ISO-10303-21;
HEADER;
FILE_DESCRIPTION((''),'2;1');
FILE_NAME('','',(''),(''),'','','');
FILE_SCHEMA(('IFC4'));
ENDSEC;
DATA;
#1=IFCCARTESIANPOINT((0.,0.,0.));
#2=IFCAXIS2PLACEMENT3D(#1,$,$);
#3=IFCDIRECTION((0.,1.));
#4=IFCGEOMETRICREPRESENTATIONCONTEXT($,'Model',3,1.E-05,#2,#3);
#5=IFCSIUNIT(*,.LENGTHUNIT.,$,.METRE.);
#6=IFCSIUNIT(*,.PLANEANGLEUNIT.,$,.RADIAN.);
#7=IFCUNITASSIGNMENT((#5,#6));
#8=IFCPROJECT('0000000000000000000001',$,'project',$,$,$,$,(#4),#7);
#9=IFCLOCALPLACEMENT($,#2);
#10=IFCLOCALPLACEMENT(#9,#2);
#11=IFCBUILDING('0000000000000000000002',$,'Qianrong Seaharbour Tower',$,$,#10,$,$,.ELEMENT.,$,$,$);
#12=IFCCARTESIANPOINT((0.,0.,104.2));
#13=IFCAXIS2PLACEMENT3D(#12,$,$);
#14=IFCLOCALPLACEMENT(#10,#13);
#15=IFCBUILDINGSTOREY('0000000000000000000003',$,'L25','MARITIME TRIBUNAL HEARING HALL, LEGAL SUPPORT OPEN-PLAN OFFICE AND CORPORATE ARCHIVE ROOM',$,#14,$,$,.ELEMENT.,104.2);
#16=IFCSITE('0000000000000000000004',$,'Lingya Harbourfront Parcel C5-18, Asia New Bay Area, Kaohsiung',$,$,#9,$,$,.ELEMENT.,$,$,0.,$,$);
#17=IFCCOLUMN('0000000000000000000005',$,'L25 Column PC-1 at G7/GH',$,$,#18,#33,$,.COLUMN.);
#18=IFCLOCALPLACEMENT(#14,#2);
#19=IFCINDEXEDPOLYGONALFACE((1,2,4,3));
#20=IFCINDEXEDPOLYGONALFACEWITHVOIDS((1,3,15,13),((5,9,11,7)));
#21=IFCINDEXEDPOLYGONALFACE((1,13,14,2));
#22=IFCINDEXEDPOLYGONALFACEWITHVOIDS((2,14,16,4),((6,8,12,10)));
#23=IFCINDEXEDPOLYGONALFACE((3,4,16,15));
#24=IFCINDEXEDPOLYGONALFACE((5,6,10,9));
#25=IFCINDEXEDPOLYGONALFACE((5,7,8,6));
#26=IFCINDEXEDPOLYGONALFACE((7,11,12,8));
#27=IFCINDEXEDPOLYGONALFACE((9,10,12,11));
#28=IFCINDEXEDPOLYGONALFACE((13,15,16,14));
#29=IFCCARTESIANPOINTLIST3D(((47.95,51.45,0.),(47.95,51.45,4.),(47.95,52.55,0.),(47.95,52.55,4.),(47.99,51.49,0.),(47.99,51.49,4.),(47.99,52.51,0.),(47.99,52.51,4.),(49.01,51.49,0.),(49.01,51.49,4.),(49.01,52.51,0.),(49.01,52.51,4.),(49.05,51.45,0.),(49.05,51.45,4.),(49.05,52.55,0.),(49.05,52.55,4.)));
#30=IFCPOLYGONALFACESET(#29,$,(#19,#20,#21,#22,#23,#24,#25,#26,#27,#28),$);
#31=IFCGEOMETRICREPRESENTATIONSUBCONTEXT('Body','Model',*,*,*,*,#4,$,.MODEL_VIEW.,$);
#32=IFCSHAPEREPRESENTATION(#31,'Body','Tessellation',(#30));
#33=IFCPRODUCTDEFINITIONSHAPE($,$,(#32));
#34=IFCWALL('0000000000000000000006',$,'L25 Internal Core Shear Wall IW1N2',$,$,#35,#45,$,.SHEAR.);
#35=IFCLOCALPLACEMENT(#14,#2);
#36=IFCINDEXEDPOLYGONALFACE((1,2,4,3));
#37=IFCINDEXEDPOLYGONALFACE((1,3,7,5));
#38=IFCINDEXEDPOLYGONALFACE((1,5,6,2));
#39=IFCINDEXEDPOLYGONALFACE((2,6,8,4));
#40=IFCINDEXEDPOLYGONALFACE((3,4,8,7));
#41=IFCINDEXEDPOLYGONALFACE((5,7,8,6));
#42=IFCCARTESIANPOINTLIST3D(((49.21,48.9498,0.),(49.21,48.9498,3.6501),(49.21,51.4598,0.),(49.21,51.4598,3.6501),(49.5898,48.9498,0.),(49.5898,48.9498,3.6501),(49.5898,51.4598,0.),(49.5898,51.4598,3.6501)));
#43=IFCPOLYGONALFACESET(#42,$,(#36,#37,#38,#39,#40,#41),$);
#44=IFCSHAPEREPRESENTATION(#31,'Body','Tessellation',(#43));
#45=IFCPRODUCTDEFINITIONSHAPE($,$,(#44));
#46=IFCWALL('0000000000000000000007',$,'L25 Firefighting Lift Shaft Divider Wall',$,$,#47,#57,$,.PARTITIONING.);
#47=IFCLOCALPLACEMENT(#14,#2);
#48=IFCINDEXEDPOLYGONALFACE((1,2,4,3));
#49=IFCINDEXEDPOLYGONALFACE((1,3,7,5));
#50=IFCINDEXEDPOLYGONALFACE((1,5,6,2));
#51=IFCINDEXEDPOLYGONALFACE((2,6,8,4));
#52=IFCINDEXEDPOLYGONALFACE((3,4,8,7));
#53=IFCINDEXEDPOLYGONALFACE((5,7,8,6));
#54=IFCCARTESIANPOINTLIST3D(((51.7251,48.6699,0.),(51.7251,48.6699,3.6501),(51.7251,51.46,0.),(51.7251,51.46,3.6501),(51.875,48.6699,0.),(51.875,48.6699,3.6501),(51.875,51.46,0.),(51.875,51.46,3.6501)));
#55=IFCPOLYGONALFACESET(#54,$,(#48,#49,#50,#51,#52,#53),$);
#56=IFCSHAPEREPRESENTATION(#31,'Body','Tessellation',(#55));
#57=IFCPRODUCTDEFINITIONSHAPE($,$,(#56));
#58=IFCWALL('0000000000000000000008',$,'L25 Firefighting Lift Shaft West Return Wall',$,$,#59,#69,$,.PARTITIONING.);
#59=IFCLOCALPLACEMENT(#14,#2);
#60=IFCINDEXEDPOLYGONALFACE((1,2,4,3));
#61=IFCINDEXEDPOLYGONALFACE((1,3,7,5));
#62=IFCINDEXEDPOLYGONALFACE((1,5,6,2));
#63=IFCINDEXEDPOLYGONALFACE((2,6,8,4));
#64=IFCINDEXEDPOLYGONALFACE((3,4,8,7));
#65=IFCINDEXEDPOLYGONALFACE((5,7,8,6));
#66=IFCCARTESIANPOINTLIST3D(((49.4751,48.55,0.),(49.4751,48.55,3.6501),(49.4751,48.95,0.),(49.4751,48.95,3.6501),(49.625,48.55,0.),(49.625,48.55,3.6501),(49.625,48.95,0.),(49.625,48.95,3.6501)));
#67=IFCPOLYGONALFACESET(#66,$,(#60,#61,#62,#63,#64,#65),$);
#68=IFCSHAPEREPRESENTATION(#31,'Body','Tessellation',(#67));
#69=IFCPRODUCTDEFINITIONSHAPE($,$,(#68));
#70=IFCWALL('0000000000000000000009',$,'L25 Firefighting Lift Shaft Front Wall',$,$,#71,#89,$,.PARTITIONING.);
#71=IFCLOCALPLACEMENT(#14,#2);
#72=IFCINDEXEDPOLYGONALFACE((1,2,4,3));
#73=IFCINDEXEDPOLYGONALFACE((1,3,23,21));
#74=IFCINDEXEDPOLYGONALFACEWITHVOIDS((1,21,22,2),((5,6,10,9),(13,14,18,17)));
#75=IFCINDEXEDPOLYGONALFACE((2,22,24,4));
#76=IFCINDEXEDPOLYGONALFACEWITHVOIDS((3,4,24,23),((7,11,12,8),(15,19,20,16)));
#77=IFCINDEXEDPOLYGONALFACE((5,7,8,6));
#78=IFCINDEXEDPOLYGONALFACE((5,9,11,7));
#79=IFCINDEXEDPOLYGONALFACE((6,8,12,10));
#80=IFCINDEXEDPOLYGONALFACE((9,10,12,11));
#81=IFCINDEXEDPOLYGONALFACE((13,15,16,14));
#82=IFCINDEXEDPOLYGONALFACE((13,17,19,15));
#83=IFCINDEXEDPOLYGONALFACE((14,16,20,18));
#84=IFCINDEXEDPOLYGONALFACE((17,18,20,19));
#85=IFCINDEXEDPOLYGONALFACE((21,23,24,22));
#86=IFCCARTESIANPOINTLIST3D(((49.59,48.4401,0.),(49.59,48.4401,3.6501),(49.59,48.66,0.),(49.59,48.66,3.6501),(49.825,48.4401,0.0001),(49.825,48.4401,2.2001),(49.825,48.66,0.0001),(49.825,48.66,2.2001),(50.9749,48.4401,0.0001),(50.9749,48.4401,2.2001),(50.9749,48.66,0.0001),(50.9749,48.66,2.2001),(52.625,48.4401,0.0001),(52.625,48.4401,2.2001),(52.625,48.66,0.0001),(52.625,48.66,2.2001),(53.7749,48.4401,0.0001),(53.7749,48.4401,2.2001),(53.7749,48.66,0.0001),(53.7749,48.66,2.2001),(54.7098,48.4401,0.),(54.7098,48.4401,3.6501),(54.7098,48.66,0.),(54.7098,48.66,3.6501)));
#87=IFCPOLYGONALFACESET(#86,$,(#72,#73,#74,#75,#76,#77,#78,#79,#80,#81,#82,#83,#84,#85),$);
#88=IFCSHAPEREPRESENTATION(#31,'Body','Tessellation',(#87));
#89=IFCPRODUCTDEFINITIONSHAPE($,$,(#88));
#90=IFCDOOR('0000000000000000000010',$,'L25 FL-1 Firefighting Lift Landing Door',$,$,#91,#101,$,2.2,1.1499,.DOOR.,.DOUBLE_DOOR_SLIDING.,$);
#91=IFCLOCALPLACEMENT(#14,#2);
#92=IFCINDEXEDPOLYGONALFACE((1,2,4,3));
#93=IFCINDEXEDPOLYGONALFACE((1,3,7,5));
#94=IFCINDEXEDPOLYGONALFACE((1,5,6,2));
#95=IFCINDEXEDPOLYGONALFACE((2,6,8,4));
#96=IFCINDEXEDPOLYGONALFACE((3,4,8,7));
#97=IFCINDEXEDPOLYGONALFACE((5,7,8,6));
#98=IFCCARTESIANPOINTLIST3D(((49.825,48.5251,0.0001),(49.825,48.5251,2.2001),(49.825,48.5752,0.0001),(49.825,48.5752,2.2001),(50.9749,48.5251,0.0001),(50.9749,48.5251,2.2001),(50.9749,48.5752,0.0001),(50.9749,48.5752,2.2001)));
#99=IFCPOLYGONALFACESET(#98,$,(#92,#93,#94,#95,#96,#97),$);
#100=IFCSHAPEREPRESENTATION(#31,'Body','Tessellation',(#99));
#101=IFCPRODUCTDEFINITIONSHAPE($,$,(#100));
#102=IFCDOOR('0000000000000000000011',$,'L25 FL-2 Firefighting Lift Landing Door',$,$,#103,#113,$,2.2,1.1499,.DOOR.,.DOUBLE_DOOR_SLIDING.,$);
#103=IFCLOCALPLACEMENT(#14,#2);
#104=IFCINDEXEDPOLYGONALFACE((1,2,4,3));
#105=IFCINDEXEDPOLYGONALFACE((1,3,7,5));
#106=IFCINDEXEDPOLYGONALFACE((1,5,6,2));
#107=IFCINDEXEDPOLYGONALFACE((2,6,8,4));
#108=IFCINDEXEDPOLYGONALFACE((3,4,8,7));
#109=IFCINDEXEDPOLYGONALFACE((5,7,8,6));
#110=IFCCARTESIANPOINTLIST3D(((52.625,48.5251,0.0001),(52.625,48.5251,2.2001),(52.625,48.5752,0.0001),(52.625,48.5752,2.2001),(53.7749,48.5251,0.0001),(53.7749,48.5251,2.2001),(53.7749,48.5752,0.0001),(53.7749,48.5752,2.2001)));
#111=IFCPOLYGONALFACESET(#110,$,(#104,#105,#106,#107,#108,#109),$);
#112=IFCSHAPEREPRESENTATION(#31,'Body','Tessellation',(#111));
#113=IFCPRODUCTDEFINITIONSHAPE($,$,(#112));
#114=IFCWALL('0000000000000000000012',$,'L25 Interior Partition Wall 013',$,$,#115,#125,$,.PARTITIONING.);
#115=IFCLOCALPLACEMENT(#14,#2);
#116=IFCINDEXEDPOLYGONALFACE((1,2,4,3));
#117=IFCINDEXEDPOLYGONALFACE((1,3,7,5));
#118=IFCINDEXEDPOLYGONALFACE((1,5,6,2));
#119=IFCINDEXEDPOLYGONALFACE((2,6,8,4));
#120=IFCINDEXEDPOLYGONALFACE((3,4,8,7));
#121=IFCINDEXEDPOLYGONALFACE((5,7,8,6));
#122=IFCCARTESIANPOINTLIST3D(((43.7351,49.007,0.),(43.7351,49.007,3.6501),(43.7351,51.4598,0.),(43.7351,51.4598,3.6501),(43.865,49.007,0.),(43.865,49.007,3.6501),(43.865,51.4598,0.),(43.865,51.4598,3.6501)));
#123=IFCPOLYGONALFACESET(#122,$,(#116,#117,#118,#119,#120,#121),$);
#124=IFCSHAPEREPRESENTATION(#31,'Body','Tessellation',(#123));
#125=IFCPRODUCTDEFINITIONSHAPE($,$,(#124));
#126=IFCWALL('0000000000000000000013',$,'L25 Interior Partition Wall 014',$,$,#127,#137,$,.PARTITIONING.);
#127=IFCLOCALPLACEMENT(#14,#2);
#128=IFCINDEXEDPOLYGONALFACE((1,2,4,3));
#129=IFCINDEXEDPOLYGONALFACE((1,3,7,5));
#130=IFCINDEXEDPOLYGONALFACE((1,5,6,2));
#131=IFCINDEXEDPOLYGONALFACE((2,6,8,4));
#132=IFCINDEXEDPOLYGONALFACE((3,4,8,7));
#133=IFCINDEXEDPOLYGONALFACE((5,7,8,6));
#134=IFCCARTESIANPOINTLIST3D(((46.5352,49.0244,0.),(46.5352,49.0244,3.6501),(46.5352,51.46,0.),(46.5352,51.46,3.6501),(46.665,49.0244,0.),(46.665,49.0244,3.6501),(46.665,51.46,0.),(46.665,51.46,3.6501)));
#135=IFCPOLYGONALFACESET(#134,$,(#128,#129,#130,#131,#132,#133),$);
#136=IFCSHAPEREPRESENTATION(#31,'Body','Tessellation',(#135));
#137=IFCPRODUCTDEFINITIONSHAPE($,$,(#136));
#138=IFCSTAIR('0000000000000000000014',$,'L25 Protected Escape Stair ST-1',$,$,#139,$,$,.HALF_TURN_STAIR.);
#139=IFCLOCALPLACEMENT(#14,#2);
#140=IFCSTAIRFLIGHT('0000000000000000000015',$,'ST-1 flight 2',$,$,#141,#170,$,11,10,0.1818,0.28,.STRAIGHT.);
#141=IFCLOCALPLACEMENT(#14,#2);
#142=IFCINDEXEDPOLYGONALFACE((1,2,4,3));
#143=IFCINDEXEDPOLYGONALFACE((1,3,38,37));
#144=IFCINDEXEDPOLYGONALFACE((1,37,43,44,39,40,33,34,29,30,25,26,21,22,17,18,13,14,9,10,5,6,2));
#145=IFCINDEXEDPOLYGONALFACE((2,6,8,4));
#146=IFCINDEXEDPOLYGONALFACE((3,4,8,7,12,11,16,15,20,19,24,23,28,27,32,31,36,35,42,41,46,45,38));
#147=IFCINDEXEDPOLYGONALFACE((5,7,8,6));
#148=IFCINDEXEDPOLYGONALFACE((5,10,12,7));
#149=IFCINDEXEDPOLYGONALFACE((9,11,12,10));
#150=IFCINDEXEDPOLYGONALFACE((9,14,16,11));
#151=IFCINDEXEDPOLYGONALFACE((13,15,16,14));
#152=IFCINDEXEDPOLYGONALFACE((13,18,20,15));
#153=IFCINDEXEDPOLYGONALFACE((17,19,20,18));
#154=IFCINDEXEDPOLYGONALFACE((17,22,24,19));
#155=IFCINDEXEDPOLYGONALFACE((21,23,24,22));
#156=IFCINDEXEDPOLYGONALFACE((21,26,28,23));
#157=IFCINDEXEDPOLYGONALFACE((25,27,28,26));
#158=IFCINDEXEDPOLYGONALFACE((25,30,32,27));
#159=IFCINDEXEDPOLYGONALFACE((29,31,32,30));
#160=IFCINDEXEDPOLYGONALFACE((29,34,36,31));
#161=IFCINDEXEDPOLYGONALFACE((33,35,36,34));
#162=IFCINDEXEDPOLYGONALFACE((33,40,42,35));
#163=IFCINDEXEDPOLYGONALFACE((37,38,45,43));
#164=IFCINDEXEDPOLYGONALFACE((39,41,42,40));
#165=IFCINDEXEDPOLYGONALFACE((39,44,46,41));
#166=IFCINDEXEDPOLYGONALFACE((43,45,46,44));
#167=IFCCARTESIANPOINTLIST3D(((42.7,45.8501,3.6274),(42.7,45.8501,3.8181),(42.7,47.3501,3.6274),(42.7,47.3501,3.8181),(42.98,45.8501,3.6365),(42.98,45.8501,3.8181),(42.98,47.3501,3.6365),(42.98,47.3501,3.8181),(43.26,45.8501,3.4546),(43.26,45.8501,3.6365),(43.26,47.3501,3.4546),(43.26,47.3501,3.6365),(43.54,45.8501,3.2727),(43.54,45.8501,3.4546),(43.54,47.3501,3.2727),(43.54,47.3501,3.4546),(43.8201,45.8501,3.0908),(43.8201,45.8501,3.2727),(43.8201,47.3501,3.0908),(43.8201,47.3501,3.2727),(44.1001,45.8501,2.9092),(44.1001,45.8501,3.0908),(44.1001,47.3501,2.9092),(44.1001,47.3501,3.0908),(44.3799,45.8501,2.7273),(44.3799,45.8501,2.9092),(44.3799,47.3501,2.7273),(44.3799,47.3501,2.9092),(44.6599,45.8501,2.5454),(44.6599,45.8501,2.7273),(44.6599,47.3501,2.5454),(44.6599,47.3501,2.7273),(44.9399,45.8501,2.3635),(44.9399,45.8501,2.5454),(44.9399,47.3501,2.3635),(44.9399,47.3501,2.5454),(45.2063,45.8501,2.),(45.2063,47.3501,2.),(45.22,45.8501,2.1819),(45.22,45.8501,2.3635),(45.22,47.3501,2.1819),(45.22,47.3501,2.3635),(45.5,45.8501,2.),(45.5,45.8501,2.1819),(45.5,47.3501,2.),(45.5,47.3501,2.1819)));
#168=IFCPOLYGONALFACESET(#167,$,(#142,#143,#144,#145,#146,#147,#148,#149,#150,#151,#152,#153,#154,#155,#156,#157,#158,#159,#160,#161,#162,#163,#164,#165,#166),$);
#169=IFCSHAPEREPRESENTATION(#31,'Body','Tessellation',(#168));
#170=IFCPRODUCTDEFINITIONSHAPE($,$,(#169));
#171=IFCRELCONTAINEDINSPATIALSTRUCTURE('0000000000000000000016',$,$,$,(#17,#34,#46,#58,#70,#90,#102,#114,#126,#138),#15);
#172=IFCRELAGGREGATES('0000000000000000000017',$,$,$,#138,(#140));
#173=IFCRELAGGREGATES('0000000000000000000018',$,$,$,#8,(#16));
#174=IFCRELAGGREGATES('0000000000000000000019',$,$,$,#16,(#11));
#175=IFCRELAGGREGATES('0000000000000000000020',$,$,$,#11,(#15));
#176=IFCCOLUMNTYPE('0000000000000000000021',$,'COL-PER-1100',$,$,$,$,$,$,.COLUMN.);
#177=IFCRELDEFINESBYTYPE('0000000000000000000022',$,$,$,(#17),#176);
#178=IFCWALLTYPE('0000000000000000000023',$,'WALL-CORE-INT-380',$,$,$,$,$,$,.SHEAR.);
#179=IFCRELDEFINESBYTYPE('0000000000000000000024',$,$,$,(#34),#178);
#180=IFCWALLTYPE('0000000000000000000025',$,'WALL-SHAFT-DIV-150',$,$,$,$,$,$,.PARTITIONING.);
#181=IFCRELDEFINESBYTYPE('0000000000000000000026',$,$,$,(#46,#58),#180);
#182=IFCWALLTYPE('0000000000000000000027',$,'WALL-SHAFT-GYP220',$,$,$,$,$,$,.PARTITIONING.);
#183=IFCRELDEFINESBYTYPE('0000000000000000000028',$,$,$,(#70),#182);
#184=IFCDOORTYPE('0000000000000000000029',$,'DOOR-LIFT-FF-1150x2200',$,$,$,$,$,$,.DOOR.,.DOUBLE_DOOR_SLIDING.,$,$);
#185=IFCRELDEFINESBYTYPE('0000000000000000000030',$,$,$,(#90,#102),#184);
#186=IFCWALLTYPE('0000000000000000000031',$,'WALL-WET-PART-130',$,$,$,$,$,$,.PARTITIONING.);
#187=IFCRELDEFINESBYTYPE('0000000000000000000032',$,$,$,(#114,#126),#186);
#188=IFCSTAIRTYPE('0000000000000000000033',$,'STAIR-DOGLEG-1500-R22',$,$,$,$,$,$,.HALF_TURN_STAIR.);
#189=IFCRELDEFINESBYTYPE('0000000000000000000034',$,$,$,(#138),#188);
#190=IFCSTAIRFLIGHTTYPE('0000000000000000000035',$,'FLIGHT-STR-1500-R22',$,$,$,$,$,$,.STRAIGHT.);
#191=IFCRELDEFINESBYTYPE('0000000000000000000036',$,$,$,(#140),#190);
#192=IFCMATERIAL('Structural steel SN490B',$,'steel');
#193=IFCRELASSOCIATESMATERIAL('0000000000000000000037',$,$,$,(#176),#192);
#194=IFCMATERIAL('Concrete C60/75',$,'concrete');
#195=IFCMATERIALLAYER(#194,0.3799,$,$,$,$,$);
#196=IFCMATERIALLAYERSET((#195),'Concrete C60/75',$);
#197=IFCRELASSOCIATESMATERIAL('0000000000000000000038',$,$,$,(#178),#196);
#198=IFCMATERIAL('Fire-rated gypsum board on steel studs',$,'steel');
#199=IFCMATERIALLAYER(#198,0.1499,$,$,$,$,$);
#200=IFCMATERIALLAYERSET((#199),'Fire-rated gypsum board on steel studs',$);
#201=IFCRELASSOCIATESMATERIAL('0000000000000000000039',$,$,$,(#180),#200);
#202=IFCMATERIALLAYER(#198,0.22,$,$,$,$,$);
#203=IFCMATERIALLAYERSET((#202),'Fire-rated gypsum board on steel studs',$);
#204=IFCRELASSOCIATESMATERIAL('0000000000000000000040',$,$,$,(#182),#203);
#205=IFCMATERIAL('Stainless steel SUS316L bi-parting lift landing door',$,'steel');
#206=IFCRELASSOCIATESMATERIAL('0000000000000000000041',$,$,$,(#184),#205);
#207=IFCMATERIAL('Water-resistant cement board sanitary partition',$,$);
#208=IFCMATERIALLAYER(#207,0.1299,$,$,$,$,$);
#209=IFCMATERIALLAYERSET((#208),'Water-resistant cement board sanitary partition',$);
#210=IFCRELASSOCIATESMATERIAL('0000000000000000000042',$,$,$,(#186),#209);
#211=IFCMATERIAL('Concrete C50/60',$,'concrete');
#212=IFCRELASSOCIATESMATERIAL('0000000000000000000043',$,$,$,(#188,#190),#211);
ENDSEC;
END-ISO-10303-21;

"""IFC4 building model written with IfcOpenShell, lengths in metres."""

from ifc_helpers import new_model, si_unit, direction, frame, frame_2d, origin, origin_2d, place, context, subcontext, project, spatial, polyline, rectangle, hollow_rectangle, outline, extrude, material, layer, layer_set, material_profile, profile_set, type_object, element, fill, aggregate, save


model = new_model("IFC4")

# Units and contexts
model_context = context("Model", 3, precision=1e-05, world=origin(), true_north=direction((0.0, 1.0)))
body_context = subcontext(model_context, "Body", "Model", "MODEL_VIEW")
ifc_project = project(units=[si_unit("LENGTHUNIT", "METRE"), si_unit("PLANEANGLEUNIT", "RADIAN")], contexts=[model_context])

# Site, building, storey
site_placement = place(None, origin())
site = spatial("IfcSite", under=ifc_project, at=site_placement, Name="Lingya Harbourfront Parcel C5-18, Asia New Bay Area, Kaohsiung", CompositionType="ELEMENT", RefElevation=0.0)
building_placement = place(site_placement, origin())
building = spatial("IfcBuilding", under=site, at=building_placement, Name="Qianrong Seaharbour Tower", CompositionType="ELEMENT")
storey_placement = place(building_placement, frame((0.0, 0.0, 104.2)))
storey = spatial("IfcBuildingStorey", under=building, at=storey_placement, Name="L25", Description="MARITIME TRIBUNAL HEARING HALL, LEGAL SUPPORT OPEN-PLAN OFFICE AND CORPORATE ARCHIVE ROOM", CompositionType="ELEMENT", Elevation=104.2)

# Column
ifc_material_1 = material(Name="Structural steel SN490B", Category="steel")
ifc_material_profile = material_profile(ifc_material_1, hollow_rectangle(XDim=1.1001, YDim=1.1001, WallThickness=0.04, at=origin_2d()), Name="BOX1100x1100x40")
ifc_profile_set = profile_set([ifc_material_profile], Name="Structural steel SN490B")
column_type = type_object("IfcColumnType", Name="COL-PER-1100", PredefinedType="COLUMN", material=ifc_profile_set)
column_placement = place(storey_placement, frame((48.5, 52.0, 0.0), z_axis=(0.0, 0.0, 1.0), x_axis=(1.0, 0.0, 0.0)))
element("IfcColumn", 1, at=column_placement, inside=storey, type_object=column_type, Name="L25 Column PC-1 at G7/GH", PredefinedType="COLUMN", context=body_context, shape_type="SweptSolid", body=[
    extrude(hollow_rectangle(XDim=1.1001, YDim=1.1001, WallThickness=0.04, at=origin_2d()), origin(), (0.0, 0.0, 1.0), 4.0),
])

# Wall
ifc_material_2 = material(Name="Concrete C60/75", Category="concrete")
ifc_layer_1 = layer(ifc_material_2, 0.3799)
ifc_layer_set_1 = layer_set([ifc_layer_1], Name="Concrete C60/75")
wall_type_1 = type_object("IfcWallType", Name="WALL-CORE-INT-380", PredefinedType="SHEAR", material=ifc_layer_set_1)
wall_1_placement = place(storey_placement, frame((49.3999, 48.95, 0.0), z_axis=(0.0, 0.0, 1.0), x_axis=(0.0, 1.0, 0.0)))
element("IfcWall", 2, at=wall_1_placement, inside=storey, type_object=wall_type_1, Name="L25 Internal Core Shear Wall IW1N2", PredefinedType="SHEAR", context=body_context, shape_type="SweptSolid", body=[
    extrude(rectangle(XDim=2.51, YDim=0.3799, at=frame_2d((1.2549, 0.0))), origin(), (0.0, 0.0, 1.0), 3.6501),
])

# Walls
ifc_material_3 = material(Name="Fire-rated gypsum board on steel studs", Category="steel")
ifc_layer_2 = layer(ifc_material_3, 0.1499)
ifc_layer_set_2 = layer_set([ifc_layer_2], Name="Fire-rated gypsum board on steel studs")
wall_type_2 = type_object("IfcWallType", Name="WALL-SHAFT-DIV-150", PredefinedType="PARTITIONING", material=ifc_layer_set_2)
wall_2_placement = place(storey_placement, frame((51.8, 48.6699, 0.0), z_axis=(0.0, 0.0, 1.0), x_axis=(0.0, 1.0, 0.0)))
element("IfcWall", 3, at=wall_2_placement, inside=storey, type_object=wall_type_2, Name="L25 Firefighting Lift Shaft Divider Wall", PredefinedType="PARTITIONING", context=body_context, shape_type="SweptSolid", body=[
    extrude(rectangle(XDim=2.79, YDim=0.1499, at=frame_2d((1.395, 0.0))), origin(), (0.0, 0.0, 1.0), 3.6501),
])
wall_3_placement = place(storey_placement, frame((49.55, 48.55, 0.0), z_axis=(0.0, 0.0, 1.0), x_axis=(0.0, 1.0, 0.0)))
element("IfcWall", 4, at=wall_3_placement, inside=storey, type_object=wall_type_2, Name="L25 Firefighting Lift Shaft West Return Wall", PredefinedType="PARTITIONING", context=body_context, shape_type="SweptSolid", body=[
    extrude(rectangle(XDim=0.3999, YDim=0.1499, at=frame_2d((0.2, 0.0))), origin(), (0.0, 0.0, 1.0), 3.6501),
])

# Wall, openings, doors
ifc_layer_3 = layer(ifc_material_3, 0.22)
ifc_layer_set_3 = layer_set([ifc_layer_3], Name="Fire-rated gypsum board on steel studs")
wall_type_3 = type_object("IfcWallType", Name="WALL-SHAFT-GYP220", PredefinedType="PARTITIONING", material=ifc_layer_set_3)
wall_4_placement = place(storey_placement, frame((54.71, 48.55, 0.0), z_axis=(0.0, 0.0, 1.0), x_axis=(-1.0, 0.0, 0.0)))
wall_4 = element("IfcWall", 5, at=wall_4_placement, inside=storey, type_object=wall_type_3, Name="L25 Firefighting Lift Shaft Front Wall", PredefinedType="PARTITIONING", context=body_context, shape_type="SweptSolid", body=[
    extrude(rectangle(XDim=5.1199, YDim=0.22, at=frame_2d((2.5601, 0.0))), origin(), (0.0, 0.0, 1.0), 3.6501),
])
opening_1_placement = place(wall_4_placement, frame((3.7351, 0.0, 0.0)))
opening_1 = element("IfcOpeningElement", 6, at=opening_1_placement, cuts=wall_4, PredefinedType="OPENING", context=body_context, shape_type="SweptSolid", body=[
    extrude(rectangle(XDim=1.1499, YDim=2.2, at=frame_2d((0.575, 1.1001))), frame((0.0, 0.1201, 0.0), z_axis=(0.0, -1.0, 0.0), x_axis=(1.0, 0.0, 0.0)), (0.0, 0.0, 1.0), 0.24),
])
opening_2_placement = place(wall_4_placement, frame((0.9351, 0.0, 0.0)))
opening_2 = element("IfcOpeningElement", 7, at=opening_2_placement, cuts=wall_4, PredefinedType="OPENING", context=body_context, shape_type="SweptSolid", body=[
    extrude(rectangle(XDim=1.1499, YDim=2.2, at=frame_2d((0.575, 1.1001))), frame((0.0, 0.1201, 0.0), z_axis=(0.0, -1.0, 0.0), x_axis=(1.0, 0.0, 0.0)), (0.0, 0.0, 1.0), 0.24),
])
ifc_material_4 = material(Name="Stainless steel SUS316L bi-parting lift landing door", Category="steel")
door_type_1 = type_object("IfcDoorType", Name="DOOR-LIFT-FF-1150x2200", OperationType="DOUBLE_DOOR_SLIDING", PredefinedType="DOOR", material=ifc_material_4)
door_1_placement = place(opening_1_placement, origin())
door_1 = element("IfcDoor", 8, at=door_1_placement, inside=storey, type_object=door_type_1, Name="L25 FL-1 Firefighting Lift Landing Door", OperationType="DOUBLE_DOOR_SLIDING", OverallHeight=2.2, OverallWidth=1.1499, PredefinedType="DOOR", context=body_context, shape_type="SweptSolid", body=[
    extrude(rectangle(XDim=1.1499, YDim=2.2, at=frame_2d((0.575, 1.1001))), frame((0.0, 0.0249, 0.0), z_axis=(0.0, -1.0, 0.0), x_axis=(1.0, 0.0, 0.0)), (0.0, 0.0, 1.0), 0.05),
])
fill(opening_1, door_1)
door_2_placement = place(opening_2_placement, origin())
door_2 = element("IfcDoor", 9, at=door_2_placement, inside=storey, type_object=door_type_1, Name="L25 FL-2 Firefighting Lift Landing Door", OperationType="DOUBLE_DOOR_SLIDING", OverallHeight=2.2, OverallWidth=1.1499, PredefinedType="DOOR", context=body_context, shape_type="SweptSolid", body=[
    extrude(rectangle(XDim=1.1499, YDim=2.2, at=frame_2d((0.575, 1.1001))), frame((0.0, 0.0249, 0.0), z_axis=(0.0, -1.0, 0.0), x_axis=(1.0, 0.0, 0.0)), (0.0, 0.0, 1.0), 0.05),
])
fill(opening_2, door_2)

# Shared definitions
ifc_material_5 = material(Name="Water-resistant cement board sanitary partition")
ifc_layer_4 = layer(ifc_material_5, 0.1299)
ifc_layer_set_4 = layer_set([ifc_layer_4], Name="Water-resistant cement board sanitary partition")
wall_type_4 = type_object("IfcWallType", Name="WALL-WET-PART-130", PredefinedType="PARTITIONING", material=ifc_layer_set_4)

# Walls
wall_5_placement = place(storey_placement, frame((43.8, 51.46, 0.0), z_axis=(0.0, 0.0, 1.0), x_axis=(0.0, -1.0, 0.0)))
element("IfcWall", 10, at=wall_5_placement, inside=storey, type_object=wall_type_4, Name="L25 Interior Partition Wall 013", PredefinedType="PARTITIONING", context=body_context, shape_type="SweptSolid", body=[
    extrude(rectangle(XDim=2.4529, YDim=0.1299, at=frame_2d((1.2266, 0.0))), origin(), (0.0, 0.0, 1.0), 3.6501),
])
wall_6_placement = place(storey_placement, frame((46.6001, 51.46, 0.0), z_axis=(0.0, 0.0, 1.0), x_axis=(0.0, -1.0, 0.0)))
element("IfcWall", 11, at=wall_6_placement, inside=storey, type_object=wall_type_4, Name="L25 Interior Partition Wall 014", PredefinedType="PARTITIONING", context=body_context, shape_type="SweptSolid", body=[
    extrude(rectangle(XDim=2.4355, YDim=0.1299, at=frame_2d((1.2178, 0.0))), origin(), (0.0, 0.0, 1.0), 3.6501),
])

# Stair, stair flight
ifc_material_6 = material(Name="Concrete C50/60", Category="concrete")
stair_type = type_object("IfcStairType", Name="STAIR-DOGLEG-1500-R22", PredefinedType="HALF_TURN_STAIR", material=ifc_material_6)
stair_placement = place(storey_placement, origin())
stair = element("IfcStair", 12, at=stair_placement, inside=storey, type_object=stair_type, Name="L25 Protected Escape Stair ST-1", PredefinedType="HALF_TURN_STAIR")
stair_flight_type = type_object("IfcStairFlightType", Name="FLIGHT-STR-1500-R22", PredefinedType="STRAIGHT", material=ifc_material_6)
stair_flight_placement = place(storey_placement, frame((45.5, 46.6001, 2.0), z_axis=(0.0, 0.0, 1.0), x_axis=(-1.0, 0.0, 0.0)))
stair_flight = element("IfcStairFlight", 13, at=stair_flight_placement, type_object=stair_flight_type, Name="ST-1 flight 2", NumberOfRisers=11, NumberOfTreads=10, PredefinedType="STRAIGHT", RiserHeight=0.1818, TreadLength=0.28, context=body_context, shape_type="SweptSolid", body=[
    extrude(outline(polyline([(0.0, 0.0), (0.0, 0.1819), (0.28, 0.1819), (0.28, 0.3635), (0.5601, 0.3635), (0.5601, 0.5454), (0.8401, 0.5454), (0.8401, 0.7273), (1.1201, 0.7273), (1.1201, 0.9092), (1.3999, 0.9092), (1.3999, 1.0908), (1.6799, 1.0908), (1.6799, 1.2727), (1.96, 1.2727), (1.96, 1.4546), (2.24, 1.4546), (2.24, 1.6365), (2.52, 1.6365), (2.52, 1.8181), (2.8, 1.8181), (2.8, 2.0), (2.8, 1.6274), (0.2937, 0.0), (0.0, 0.0)])), frame((0.0, 0.75, 0.0), z_axis=(0.0, -1.0, 0.0), x_axis=(1.0, 0.0, 0.0)), (0.0, 0.0, 1.0), 1.5),
])
aggregate(stair, [stair_flight])

save(model, "model.ifc")
